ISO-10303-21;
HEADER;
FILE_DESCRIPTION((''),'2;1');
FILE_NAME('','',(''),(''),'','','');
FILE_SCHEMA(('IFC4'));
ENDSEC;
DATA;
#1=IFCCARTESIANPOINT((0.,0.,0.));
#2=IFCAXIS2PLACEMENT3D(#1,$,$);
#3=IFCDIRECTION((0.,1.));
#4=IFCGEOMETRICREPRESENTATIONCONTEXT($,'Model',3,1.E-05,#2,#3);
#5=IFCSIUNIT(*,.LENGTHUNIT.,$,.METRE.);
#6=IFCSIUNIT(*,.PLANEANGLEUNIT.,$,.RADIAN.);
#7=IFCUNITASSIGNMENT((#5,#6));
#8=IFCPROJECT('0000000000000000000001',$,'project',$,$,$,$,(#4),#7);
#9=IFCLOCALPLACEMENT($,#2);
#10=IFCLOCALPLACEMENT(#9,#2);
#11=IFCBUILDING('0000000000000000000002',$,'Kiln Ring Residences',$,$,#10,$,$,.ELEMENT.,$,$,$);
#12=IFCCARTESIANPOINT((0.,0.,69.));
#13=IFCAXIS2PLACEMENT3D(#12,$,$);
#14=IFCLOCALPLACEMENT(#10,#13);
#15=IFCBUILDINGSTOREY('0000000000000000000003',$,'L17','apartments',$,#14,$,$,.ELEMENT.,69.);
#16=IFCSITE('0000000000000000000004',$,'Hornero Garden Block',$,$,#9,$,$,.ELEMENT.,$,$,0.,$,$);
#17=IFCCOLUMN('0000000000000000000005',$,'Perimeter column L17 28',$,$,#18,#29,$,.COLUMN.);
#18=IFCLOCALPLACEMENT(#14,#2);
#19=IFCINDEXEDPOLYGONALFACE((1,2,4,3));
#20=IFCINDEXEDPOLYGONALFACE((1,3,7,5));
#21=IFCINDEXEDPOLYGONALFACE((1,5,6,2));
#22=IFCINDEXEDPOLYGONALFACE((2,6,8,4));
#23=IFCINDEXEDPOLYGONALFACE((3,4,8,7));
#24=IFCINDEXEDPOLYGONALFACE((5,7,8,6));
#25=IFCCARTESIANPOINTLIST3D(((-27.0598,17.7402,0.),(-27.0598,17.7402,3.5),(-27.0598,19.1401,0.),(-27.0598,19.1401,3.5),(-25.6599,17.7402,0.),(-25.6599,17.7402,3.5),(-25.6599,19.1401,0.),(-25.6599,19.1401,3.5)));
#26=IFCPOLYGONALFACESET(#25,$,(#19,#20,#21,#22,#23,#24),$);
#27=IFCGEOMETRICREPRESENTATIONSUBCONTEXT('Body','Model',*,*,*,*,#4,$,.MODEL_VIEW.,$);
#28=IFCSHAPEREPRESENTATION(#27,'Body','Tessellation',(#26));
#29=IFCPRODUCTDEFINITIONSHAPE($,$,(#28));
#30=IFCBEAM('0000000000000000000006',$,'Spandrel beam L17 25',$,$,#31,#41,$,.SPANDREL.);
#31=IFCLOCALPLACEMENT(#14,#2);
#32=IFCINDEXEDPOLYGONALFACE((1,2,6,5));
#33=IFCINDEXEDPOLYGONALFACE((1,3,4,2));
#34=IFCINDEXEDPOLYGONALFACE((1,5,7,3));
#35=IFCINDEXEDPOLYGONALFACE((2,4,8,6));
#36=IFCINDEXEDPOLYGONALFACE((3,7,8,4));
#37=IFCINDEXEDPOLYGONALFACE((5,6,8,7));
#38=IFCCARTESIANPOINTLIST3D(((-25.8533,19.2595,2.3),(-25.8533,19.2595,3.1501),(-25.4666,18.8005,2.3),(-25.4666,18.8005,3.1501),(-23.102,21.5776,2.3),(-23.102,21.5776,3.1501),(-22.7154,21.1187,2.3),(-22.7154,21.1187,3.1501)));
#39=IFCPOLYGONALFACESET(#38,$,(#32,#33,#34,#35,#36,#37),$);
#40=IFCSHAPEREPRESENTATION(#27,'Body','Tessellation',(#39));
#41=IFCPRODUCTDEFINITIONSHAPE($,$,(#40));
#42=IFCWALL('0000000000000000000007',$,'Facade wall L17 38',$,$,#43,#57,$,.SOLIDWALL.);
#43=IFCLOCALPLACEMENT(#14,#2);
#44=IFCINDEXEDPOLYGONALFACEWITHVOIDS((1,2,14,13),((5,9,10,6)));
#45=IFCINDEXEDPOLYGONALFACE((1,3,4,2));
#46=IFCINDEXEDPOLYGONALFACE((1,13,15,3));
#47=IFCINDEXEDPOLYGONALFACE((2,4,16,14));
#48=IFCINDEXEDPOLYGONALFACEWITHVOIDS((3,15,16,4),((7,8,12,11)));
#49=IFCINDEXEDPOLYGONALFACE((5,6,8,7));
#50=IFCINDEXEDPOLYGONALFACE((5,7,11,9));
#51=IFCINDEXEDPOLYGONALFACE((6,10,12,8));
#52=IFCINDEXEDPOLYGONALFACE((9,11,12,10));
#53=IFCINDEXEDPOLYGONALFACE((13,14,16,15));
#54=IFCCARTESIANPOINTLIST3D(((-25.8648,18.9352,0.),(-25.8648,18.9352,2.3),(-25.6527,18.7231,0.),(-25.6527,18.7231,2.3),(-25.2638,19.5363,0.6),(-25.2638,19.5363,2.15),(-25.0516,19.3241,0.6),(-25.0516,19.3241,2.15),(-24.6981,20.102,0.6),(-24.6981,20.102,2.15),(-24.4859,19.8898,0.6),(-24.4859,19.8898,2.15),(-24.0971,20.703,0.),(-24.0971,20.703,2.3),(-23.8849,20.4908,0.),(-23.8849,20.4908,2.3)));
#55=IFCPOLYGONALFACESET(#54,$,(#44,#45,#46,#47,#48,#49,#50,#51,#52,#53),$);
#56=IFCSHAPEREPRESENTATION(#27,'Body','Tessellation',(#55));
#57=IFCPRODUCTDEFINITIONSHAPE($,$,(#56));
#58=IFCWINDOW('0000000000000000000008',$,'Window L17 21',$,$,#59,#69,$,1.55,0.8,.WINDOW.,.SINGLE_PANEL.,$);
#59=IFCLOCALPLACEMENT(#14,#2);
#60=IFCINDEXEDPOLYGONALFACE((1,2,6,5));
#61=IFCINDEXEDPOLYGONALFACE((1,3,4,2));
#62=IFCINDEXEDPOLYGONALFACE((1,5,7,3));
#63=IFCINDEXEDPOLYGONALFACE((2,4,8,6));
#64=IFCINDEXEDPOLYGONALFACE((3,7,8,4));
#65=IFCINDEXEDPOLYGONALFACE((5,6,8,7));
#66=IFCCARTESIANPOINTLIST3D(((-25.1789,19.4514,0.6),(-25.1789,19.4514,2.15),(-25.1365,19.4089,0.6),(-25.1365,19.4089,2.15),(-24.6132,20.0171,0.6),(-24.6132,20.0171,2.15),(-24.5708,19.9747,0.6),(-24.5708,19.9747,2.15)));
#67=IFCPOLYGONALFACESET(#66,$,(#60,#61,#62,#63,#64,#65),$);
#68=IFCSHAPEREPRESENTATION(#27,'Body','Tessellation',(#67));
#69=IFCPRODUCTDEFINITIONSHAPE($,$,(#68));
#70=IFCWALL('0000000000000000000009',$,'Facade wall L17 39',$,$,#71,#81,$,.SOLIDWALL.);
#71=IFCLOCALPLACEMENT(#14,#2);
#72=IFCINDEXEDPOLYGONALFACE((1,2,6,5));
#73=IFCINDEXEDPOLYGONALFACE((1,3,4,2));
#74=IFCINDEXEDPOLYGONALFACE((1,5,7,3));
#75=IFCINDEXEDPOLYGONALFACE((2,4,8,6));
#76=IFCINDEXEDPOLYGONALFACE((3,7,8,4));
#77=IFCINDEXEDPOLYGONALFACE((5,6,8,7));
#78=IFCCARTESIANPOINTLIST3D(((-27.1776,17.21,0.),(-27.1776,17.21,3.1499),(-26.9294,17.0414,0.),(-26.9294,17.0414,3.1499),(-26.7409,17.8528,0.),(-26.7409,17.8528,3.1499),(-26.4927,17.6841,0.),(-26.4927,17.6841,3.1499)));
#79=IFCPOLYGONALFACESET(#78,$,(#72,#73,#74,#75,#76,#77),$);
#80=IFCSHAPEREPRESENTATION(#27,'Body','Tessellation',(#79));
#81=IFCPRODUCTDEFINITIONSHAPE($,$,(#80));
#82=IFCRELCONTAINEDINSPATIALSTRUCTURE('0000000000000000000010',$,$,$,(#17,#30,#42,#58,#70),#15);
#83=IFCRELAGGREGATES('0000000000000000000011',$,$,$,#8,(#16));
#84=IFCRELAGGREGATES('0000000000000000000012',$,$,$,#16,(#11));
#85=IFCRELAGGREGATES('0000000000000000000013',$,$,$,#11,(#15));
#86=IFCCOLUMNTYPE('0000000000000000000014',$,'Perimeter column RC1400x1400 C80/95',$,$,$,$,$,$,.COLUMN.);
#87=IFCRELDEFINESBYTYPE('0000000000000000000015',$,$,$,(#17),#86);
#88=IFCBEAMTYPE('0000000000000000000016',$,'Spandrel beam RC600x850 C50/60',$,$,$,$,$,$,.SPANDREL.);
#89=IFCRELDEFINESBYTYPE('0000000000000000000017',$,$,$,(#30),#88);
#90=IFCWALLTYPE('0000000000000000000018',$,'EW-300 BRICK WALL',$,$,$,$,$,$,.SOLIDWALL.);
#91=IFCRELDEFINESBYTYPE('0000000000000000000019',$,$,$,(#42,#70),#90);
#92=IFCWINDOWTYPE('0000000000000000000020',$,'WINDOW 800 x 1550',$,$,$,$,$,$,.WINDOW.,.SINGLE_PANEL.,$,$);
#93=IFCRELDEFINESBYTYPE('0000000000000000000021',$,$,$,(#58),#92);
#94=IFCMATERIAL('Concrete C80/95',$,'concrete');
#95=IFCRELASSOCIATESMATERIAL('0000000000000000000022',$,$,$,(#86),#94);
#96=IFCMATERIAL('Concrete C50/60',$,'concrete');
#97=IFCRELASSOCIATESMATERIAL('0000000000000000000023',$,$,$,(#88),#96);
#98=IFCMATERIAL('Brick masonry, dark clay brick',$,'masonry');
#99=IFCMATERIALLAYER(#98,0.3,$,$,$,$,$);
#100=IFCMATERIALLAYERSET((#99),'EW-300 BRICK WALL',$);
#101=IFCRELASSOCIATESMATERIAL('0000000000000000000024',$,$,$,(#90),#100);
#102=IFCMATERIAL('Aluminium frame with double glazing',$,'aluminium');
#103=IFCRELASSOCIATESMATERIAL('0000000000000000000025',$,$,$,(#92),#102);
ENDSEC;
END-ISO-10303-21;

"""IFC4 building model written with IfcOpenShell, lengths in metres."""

from ifc_helpers import new_model, si_unit, direction, frame, frame_2d, origin, origin_2d, place, context, subcontext, project, spatial, rectangle, extrude, material, layer, layer_set, material_profile, profile_set, type_object, element, fill, save


model = new_model("IFC4")

# Units and contexts
model_context = context("Model", 3, precision=1e-05, world=origin(), true_north=direction((0.0, 1.0)))
body_context = subcontext(model_context, "Body", "Model", "MODEL_VIEW")
ifc_project = project(units=[si_unit("LENGTHUNIT", "METRE"), si_unit("PLANEANGLEUNIT", "RADIAN")], contexts=[model_context])

# Site, building, storey
site_placement = place(None, origin())
site = spatial("IfcSite", under=ifc_project, at=site_placement, Name="Hornero Garden Block", CompositionType="ELEMENT", RefElevation=0.0)
building_placement = place(site_placement, origin())
building = spatial("IfcBuilding", under=site, at=building_placement, Name="Kiln Ring Residences", CompositionType="ELEMENT")
storey_placement = place(building_placement, frame((0.0, 0.0, 69.0)))
storey = spatial("IfcBuildingStorey", under=building, at=storey_placement, Name="L17", Description="apartments", CompositionType="ELEMENT", Elevation=69.0)

# Column
ifc_material_1 = material(Name="Concrete C80/95", Category="concrete")
ifc_material_profile_1 = material_profile(ifc_material_1, rectangle(XDim=1.3999, YDim=1.3999, at=origin_2d()), Name="RC1400x1400")
ifc_profile_set_1 = profile_set([ifc_material_profile_1], Name="Concrete C80/95")
column_type = type_object("IfcColumnType", Name="Perimeter column RC1400x1400 C80/95", PredefinedType="COLUMN", material=ifc_profile_set_1)
column_placement = place(storey_placement, frame((-26.3599, 18.4402, 0.0), z_axis=(0.0, 0.0, 1.0), x_axis=(1.0, 0.0, 0.0)))
element("IfcColumn", 1, at=column_placement, inside=storey, type_object=column_type, Name="Perimeter column L17 28", PredefinedType="COLUMN", context=body_context, shape_type="SweptSolid", body=[
    extrude(rectangle(XDim=1.3999, YDim=1.3999, at=origin_2d()), origin(), (0.0, 0.0, 1.0), 3.5),
])

# Beam
ifc_material_2 = material(Name="Concrete C50/60", Category="concrete")
ifc_material_profile_2 = material_profile(ifc_material_2, rectangle(XDim=0.6001, YDim=0.8501, at=origin_2d()), Name="RC600x850")
ifc_profile_set_2 = profile_set([ifc_material_profile_2], Name="Concrete C50/60")
beam_type = type_object("IfcBeamType", Name="Spandrel beam RC600x850 C50/60", PredefinedType="SPANDREL", material=ifc_profile_set_2)
beam_placement = place(storey_placement, frame((-22.9087, 21.3481, 2.7251), z_axis=(-0.764733, -0.644347, 0.0), x_axis=(0.644347, -0.764733, 0.0)))
element("IfcBeam", 2, at=beam_placement, inside=storey, type_object=beam_type, Name="Spandrel beam L17 25", PredefinedType="SPANDREL", context=body_context, shape_type="SweptSolid", body=[
    extrude(rectangle(XDim=0.6001, YDim=0.8501, at=origin_2d()), origin(), (0.0, 0.0, 1.0), 3.5977),
])

# Wall, opening, window
ifc_material_3 = material(Name="Brick masonry, dark clay brick", Category="masonry")
ifc_layer_1 = layer(ifc_material_3, 0.3)
ifc_layer_set_1 = layer_set([ifc_layer_1], Name="EW-300 BRICK WALL")
wall_type_1 = type_object("IfcWallType", Name="EW-300 BRICK WALL", PredefinedType="SOLIDWALL", material=ifc_layer_set_1)
wall_1_placement = place(storey_placement, frame((-23.991, 20.5969, 0.0), z_axis=(0.0, 0.0, 1.0), x_axis=(-0.707107, -0.707107, 0.0)))
wall_1 = element("IfcWall", 3, at=wall_1_placement, inside=storey, type_object=wall_type_1, Name="Facade wall L17 38", PredefinedType="SOLIDWALL", context=body_context, shape_type="SweptSolid", body=[
    extrude(rectangle(XDim=2.5, YDim=0.3, at=frame_2d((1.25, 0.0))), origin(), (0.0, 0.0, 1.0), 2.3),
])
opening_1_placement = place(wall_1_placement, frame((0.8501, 0.0, 0.6001)))
opening_1 = element("IfcOpeningElement", 4, at=opening_1_placement, cuts=wall_1, PredefinedType="OPENING", context=body_context, shape_type="SweptSolid", body=[
    extrude(rectangle(XDim=0.8, YDim=1.55, at=frame_2d((0.3999, 0.7749))), frame((0.0, 0.1599, 0.0), z_axis=(0.0, -1.0, 0.0), x_axis=(1.0, 0.0, 0.0)), (0.0, 0.0, 1.0), 0.3201),
])
ifc_material_4 = material(Name="Aluminium frame with double glazing", Category="aluminium")
window_type = type_object("IfcWindowType", Name="WINDOW 800 x 1550", PartitioningType="SINGLE_PANEL", PredefinedType="WINDOW", material=ifc_material_4)
window_placement = place(opening_1_placement, origin())
window = element("IfcWindow", 5, at=window_placement, inside=storey, type_object=window_type, Name="Window L17 21", OverallHeight=1.55, OverallWidth=0.8, PartitioningType="SINGLE_PANEL", PredefinedType="WINDOW", context=body_context, shape_type="SweptSolid", body=[
    extrude(rectangle(XDim=0.8, YDim=1.55, at=frame_2d((0.3999, 0.7749))), frame((0.0, 0.03, 0.0), z_axis=(0.0, -1.0, 0.0), x_axis=(1.0, 0.0, 0.0)), (0.0, 0.0, 1.0), 0.0601),
])
fill(opening_1, window)

# Wall
wall_2_placement = place(storey_placement, frame((-26.6167, 17.7686, 0.0), z_axis=(0.0, 0.0, 1.0), x_axis=(-0.562001, -0.827137, 0.0)))
element("IfcWall", 6, at=wall_2_placement, inside=storey, type_object=wall_type_1, Name="Facade wall L17 39", PredefinedType="SOLIDWALL", context=body_context, shape_type="SweptSolid", body=[
    extrude(rectangle(XDim=0.7771, YDim=0.3, at=frame_2d((0.3887, 0.0))), origin(), (0.0, 0.0, 1.0), 3.1499),
])

save(model, "model.ifc")
